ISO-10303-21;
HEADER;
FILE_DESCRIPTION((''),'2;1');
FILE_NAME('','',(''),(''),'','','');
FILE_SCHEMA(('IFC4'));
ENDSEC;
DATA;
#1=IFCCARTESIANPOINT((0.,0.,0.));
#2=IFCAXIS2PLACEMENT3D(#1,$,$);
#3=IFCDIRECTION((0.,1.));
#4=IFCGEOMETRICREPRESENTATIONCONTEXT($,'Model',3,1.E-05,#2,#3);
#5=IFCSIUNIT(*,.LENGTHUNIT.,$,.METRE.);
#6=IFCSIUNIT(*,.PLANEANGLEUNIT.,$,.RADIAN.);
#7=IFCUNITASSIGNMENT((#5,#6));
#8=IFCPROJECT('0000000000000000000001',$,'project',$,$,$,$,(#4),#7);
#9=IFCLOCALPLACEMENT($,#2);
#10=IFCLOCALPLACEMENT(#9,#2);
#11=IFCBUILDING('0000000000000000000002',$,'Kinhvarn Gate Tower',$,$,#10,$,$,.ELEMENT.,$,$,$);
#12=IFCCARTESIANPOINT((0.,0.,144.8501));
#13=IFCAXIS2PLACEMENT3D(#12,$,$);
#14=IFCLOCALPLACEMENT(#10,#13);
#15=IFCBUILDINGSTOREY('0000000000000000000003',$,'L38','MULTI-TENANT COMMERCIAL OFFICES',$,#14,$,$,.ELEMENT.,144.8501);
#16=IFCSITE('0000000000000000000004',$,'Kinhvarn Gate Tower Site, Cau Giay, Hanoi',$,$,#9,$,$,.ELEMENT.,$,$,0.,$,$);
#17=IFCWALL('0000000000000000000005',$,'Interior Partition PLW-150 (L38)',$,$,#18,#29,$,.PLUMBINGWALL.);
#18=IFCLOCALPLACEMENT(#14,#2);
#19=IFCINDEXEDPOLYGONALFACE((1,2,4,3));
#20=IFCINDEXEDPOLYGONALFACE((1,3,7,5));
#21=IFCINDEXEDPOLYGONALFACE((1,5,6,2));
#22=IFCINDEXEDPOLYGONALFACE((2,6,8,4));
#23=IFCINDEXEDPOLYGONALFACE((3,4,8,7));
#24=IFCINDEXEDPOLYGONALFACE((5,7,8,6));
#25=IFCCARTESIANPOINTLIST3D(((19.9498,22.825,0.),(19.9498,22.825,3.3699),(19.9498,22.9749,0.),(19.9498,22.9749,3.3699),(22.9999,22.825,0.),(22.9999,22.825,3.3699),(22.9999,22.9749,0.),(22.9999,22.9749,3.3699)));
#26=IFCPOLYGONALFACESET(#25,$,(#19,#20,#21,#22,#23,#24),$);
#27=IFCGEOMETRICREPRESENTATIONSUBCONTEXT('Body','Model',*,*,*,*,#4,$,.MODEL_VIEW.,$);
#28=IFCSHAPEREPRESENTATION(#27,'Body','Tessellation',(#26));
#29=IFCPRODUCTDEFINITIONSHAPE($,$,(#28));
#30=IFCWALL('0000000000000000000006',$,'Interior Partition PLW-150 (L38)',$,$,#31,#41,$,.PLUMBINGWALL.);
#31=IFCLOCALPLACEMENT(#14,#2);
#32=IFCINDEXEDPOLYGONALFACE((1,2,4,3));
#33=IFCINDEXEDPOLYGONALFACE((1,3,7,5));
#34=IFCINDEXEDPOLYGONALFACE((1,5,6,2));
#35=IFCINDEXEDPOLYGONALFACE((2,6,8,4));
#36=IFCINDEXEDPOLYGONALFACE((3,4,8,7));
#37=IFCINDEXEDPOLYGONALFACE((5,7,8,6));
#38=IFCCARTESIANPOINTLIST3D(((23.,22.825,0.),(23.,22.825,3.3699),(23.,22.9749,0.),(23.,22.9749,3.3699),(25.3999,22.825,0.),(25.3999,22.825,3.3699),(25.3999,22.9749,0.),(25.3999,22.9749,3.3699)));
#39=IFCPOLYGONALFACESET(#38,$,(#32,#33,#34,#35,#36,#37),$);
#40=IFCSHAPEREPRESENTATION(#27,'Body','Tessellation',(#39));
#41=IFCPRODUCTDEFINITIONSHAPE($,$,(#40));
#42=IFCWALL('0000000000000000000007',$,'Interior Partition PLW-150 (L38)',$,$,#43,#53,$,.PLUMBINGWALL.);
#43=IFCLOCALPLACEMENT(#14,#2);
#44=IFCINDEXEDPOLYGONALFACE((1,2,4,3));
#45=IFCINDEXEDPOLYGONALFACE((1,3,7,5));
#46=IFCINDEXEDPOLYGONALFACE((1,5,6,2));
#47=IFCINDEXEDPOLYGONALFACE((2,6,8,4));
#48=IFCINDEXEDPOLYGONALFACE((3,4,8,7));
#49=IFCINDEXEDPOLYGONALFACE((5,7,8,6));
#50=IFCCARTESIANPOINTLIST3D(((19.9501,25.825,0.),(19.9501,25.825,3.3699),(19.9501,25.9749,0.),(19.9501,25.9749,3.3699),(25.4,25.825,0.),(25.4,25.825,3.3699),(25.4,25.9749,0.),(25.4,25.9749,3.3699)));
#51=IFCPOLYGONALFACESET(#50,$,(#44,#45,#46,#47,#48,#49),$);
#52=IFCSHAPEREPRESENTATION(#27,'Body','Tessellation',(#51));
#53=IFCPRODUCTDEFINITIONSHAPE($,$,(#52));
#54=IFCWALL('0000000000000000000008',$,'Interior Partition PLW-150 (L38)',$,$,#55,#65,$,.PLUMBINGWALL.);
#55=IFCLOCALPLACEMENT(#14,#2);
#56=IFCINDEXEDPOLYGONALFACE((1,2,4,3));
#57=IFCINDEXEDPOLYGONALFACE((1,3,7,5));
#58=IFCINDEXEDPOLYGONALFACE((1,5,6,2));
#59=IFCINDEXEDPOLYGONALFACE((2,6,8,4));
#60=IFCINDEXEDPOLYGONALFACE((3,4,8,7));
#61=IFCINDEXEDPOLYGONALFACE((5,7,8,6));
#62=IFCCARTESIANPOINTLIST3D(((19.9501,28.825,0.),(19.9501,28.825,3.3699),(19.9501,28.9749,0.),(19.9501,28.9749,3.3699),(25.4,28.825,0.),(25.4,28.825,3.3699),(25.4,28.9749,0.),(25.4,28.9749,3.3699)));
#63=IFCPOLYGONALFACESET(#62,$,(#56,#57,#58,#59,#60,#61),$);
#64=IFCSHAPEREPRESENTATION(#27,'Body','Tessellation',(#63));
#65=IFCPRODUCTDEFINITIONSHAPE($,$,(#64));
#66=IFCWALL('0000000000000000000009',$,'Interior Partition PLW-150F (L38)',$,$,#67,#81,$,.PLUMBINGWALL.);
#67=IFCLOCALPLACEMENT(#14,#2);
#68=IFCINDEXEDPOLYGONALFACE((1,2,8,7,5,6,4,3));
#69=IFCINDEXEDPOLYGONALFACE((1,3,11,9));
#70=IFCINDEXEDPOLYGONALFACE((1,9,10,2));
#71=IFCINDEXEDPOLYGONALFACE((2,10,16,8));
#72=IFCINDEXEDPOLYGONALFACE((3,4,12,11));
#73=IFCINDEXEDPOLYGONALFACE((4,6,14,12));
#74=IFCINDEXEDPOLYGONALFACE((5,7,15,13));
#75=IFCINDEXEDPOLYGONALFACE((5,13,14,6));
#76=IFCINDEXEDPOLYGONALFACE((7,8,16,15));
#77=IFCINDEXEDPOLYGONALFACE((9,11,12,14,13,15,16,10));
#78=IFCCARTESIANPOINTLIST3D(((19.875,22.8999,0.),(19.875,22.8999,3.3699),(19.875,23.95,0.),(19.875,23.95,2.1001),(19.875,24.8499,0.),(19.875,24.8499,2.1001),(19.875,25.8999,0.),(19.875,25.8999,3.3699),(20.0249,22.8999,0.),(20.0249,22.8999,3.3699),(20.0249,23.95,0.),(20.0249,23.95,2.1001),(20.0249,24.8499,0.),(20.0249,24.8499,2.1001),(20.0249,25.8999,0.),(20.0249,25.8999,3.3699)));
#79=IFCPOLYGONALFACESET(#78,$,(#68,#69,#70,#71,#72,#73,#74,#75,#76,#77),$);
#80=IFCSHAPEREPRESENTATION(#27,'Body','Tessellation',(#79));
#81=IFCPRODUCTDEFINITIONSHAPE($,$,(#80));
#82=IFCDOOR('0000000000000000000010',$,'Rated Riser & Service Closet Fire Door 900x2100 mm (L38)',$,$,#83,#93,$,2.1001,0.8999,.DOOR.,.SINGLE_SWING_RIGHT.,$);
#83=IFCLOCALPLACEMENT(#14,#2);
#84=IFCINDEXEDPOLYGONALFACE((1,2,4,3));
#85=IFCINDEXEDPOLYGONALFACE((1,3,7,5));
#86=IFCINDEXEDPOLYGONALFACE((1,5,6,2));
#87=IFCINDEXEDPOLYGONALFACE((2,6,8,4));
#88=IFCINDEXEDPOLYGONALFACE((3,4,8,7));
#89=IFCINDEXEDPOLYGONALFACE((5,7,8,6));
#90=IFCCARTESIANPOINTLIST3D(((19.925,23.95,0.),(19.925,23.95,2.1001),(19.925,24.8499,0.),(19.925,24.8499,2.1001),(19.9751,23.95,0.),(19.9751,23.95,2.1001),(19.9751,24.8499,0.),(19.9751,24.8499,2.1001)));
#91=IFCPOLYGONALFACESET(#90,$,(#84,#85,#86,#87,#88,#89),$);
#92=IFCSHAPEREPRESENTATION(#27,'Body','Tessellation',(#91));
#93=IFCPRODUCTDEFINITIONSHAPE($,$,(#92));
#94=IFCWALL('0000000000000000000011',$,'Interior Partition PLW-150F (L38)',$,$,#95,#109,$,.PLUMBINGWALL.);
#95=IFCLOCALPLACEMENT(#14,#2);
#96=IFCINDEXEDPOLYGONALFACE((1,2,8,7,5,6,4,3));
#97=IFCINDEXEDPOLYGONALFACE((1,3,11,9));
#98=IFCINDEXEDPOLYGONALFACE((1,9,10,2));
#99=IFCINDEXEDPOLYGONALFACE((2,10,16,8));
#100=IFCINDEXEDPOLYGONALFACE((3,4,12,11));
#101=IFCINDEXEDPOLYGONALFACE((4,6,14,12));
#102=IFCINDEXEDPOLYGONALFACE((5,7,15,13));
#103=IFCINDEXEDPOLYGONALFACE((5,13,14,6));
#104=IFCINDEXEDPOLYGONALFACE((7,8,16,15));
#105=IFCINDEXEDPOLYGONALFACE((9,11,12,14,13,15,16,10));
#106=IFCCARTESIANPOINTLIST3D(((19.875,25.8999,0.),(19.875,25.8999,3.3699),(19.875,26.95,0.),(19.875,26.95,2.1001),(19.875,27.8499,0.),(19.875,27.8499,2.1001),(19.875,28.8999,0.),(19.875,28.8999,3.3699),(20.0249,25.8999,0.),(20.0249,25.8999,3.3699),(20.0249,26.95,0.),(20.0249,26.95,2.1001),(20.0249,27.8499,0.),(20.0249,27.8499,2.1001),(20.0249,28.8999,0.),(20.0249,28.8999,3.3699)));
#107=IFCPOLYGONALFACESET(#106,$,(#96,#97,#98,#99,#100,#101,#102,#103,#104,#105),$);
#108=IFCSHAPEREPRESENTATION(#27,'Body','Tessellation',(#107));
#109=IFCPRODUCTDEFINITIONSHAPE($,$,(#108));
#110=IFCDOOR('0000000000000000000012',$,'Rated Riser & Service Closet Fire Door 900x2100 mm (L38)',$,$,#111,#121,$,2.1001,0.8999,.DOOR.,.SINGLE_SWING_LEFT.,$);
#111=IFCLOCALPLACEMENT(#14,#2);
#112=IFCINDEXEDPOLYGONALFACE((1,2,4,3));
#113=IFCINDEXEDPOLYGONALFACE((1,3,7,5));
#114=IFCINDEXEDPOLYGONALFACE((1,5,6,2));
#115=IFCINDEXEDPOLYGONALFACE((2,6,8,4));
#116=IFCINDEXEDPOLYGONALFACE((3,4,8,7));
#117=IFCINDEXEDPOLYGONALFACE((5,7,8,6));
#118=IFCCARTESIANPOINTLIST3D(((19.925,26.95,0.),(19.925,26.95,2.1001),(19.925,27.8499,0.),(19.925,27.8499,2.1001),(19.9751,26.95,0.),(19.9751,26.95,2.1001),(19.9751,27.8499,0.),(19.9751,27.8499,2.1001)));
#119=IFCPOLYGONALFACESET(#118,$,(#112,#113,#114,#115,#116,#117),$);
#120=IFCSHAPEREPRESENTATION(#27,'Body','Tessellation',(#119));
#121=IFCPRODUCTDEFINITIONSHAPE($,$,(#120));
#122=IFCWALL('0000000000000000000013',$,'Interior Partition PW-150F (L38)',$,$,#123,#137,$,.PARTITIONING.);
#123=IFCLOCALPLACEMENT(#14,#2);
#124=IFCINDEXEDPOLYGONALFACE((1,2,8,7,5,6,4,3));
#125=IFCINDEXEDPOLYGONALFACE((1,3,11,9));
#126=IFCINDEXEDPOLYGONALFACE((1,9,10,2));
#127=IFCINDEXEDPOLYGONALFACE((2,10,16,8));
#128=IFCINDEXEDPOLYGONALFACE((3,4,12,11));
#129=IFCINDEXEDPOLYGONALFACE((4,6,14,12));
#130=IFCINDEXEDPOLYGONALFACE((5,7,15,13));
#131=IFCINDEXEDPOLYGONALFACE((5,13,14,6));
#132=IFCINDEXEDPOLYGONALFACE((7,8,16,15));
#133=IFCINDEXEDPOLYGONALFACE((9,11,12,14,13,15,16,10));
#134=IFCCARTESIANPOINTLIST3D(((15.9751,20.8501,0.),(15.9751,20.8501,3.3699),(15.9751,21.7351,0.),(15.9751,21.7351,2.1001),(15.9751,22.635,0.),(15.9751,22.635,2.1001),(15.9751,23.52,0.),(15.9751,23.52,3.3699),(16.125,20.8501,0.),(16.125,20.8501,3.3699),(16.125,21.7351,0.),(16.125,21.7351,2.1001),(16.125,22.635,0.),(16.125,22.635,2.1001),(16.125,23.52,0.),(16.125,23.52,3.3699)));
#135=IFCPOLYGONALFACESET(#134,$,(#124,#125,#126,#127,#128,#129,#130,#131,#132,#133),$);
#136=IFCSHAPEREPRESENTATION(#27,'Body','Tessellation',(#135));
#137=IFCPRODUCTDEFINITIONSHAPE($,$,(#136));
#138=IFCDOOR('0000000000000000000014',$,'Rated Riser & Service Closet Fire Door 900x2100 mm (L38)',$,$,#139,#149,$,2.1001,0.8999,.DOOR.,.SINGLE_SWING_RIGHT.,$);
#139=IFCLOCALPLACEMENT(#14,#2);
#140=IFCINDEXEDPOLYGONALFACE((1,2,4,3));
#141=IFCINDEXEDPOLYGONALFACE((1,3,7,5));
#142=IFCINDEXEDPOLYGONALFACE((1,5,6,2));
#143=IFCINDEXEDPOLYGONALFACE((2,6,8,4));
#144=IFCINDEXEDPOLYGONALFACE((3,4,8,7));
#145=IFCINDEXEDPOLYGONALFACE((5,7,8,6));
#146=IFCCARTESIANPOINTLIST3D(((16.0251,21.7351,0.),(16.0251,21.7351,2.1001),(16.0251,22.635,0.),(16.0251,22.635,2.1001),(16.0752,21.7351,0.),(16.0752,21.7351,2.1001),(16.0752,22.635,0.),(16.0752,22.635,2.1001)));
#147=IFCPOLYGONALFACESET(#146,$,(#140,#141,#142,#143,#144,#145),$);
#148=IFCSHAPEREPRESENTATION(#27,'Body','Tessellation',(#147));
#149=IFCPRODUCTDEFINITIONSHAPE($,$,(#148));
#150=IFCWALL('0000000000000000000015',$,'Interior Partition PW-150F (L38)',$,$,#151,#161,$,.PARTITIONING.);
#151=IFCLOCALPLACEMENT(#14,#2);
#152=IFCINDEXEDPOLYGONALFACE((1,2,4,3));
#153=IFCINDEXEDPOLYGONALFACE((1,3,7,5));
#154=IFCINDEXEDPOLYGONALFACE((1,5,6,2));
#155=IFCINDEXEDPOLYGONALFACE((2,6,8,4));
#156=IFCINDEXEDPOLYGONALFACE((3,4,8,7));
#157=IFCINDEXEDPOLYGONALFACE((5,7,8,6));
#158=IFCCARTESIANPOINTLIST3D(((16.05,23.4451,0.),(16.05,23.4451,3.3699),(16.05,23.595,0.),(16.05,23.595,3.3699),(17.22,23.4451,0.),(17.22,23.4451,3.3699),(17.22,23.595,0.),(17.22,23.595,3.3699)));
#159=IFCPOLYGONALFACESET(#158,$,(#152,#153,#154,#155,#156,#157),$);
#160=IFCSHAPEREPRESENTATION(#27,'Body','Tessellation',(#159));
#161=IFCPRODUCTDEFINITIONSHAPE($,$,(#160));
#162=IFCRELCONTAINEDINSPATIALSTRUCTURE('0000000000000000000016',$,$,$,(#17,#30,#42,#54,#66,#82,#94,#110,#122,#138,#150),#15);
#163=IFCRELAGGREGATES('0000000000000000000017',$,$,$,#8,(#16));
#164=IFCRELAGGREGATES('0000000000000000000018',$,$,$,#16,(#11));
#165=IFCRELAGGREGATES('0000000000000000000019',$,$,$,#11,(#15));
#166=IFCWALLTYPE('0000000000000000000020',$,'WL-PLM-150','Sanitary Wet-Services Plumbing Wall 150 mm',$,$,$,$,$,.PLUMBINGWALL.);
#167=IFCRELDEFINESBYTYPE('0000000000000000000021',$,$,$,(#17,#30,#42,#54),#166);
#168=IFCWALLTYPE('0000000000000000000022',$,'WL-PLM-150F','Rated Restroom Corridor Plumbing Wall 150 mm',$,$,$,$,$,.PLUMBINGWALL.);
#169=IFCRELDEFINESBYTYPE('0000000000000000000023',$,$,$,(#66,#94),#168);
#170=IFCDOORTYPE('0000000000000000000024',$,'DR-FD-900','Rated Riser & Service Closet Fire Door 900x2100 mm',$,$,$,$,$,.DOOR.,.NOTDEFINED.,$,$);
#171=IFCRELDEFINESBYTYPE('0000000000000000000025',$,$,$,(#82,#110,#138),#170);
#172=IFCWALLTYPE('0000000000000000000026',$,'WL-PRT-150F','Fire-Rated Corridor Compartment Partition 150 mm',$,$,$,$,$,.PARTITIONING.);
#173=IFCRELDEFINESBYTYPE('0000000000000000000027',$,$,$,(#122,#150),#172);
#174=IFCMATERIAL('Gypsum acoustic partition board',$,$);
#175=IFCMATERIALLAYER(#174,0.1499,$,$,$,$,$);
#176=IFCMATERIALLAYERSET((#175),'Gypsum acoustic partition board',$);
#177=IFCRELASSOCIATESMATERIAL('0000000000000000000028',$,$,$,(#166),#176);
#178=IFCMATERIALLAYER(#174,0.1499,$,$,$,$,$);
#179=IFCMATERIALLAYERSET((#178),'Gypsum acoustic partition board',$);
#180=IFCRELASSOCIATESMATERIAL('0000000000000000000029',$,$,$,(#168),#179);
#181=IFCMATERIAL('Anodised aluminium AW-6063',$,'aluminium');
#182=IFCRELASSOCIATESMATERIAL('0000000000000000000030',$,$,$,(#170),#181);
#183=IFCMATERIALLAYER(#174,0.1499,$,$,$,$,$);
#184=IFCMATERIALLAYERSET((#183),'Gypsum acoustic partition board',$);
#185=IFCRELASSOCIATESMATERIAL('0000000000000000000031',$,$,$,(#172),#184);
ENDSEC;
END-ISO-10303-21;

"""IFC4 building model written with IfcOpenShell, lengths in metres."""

from ifc_helpers import new_model, si_unit, direction, frame, frame_2d, origin, place, context, subcontext, project, spatial, rectangle, extrude, material, layer, layer_set, type_object, element, fill, save


model = new_model("IFC4")

# Units and contexts
model_context = context("Model", 3, precision=1e-05, world=origin(), true_north=direction((0.0, 1.0)))
body_context = subcontext(model_context, "Body", "Model", "MODEL_VIEW")
ifc_project = project(units=[si_unit("LENGTHUNIT", "METRE"), si_unit("PLANEANGLEUNIT", "RADIAN")], contexts=[model_context])

# Site, building, storey
site_placement = place(None, origin())
site = spatial("IfcSite", under=ifc_project, at=site_placement, Name="Kinhvarn Gate Tower Site, Cau Giay, Hanoi", CompositionType="ELEMENT", RefElevation=0.0)
building_placement = place(site_placement, origin())
building = spatial("IfcBuilding", under=site, at=building_placement, Name="Kinhvarn Gate Tower", CompositionType="ELEMENT")
storey_placement = place(building_placement, frame((0.0, 0.0, 144.8501)))
storey = spatial("IfcBuildingStorey", under=building, at=storey_placement, Name="L38", Description="MULTI-TENANT COMMERCIAL OFFICES", CompositionType="ELEMENT", Elevation=144.8501)

# Shared definitions
ifc_material_1 = material(Name="Anodised aluminium AW-6063", Category="aluminium")

# Walls
ifc_material_2 = material(Name="Gypsum acoustic partition board")
ifc_layer_1 = layer(ifc_material_2, 0.1499)
ifc_layer_set_1 = layer_set([ifc_layer_1], Name="Gypsum acoustic partition board")
wall_type_1 = type_object("IfcWallType", Name="WL-PLM-150", Description="Sanitary Wet-Services Plumbing Wall 150 mm", PredefinedType="PLUMBINGWALL", material=ifc_layer_set_1)
wall_1_placement = place(storey_placement, frame((19.95, 22.8999, 0.0), z_axis=(0.0, 0.0, 1.0), x_axis=(1.0, 0.0, 0.0)))
element("IfcWall", 1, at=wall_1_placement, inside=storey, type_object=wall_type_1, Name="Interior Partition PLW-150 (L38)", PredefinedType="PLUMBINGWALL", context=body_context, shape_type="SweptSolid", body=[
    extrude(rectangle(XDim=3.05, YDim=0.1499, at=frame_2d((1.5249, 0.0))), origin(), (0.0, 0.0, 1.0), 3.3699),
])
wall_2_placement = place(storey_placement, frame((23.0, 22.8999, 0.0), z_axis=(0.0, 0.0, 1.0), x_axis=(1.0, 0.0, 0.0)))
element("IfcWall", 2, at=wall_2_placement, inside=storey, type_object=wall_type_1, Name="Interior Partition PLW-150 (L38)", PredefinedType="PLUMBINGWALL", context=body_context, shape_type="SweptSolid", body=[
    extrude(rectangle(XDim=2.3999, YDim=0.1499, at=frame_2d((1.2, 0.0))), origin(), (0.0, 0.0, 1.0), 3.3699),
])
for number, where, z_axis, x_axis, name in (
    (3, (19.95, 25.8999, 0.0), (0.0, 0.0, 1.0), (1.0, 0.0, 0.0), "Interior Partition PLW-150 (L38)"),
    (4, (19.95, 28.8999, 0.0), (0.0, 0.0, 1.0), (1.0, 0.0, 0.0), "Interior Partition PLW-150 (L38)"),
):
    element("IfcWall", number, at=place(storey_placement, frame(where, z_axis=z_axis, x_axis=x_axis)), inside=storey, type_object=wall_type_1, Name=name, PredefinedType="PLUMBINGWALL", context=body_context, shape_type="SweptSolid", body=[
        extrude(rectangle(XDim=5.45, YDim=0.1499, at=frame_2d((2.7251, 0.0))), origin(), (0.0, 0.0, 1.0), 3.3699),
    ])

# Walls, openings, doors
ifc_layer_2 = layer(ifc_material_2, 0.1499)
ifc_layer_set_2 = layer_set([ifc_layer_2], Name="Gypsum acoustic partition board")
wall_type_2 = type_object("IfcWallType", Name="WL-PLM-150F", Description="Rated Restroom Corridor Plumbing Wall 150 mm", PredefinedType="PLUMBINGWALL", material=ifc_layer_set_2)
wall_3_placement = place(storey_placement, frame((19.95, 22.8999, 0.0), z_axis=(0.0, 0.0, 1.0), x_axis=(0.0, 1.0, 0.0)))
wall_3 = element("IfcWall", 5, at=wall_3_placement, inside=storey, type_object=wall_type_2, Name="Interior Partition PLW-150F (L38)", PredefinedType="PLUMBINGWALL", context=body_context, shape_type="SweptSolid", body=[
    extrude(rectangle(XDim=3.0, YDim=0.1499, at=frame_2d((1.5, 0.0))), origin(), (0.0, 0.0, 1.0), 3.3699),
])
opening_1_placement = place(wall_3_placement, frame((1.05, 0.0, 0.0)))
opening_1 = element("IfcOpeningElement", 6, at=opening_1_placement, cuts=wall_3, PredefinedType="OPENING", context=body_context, shape_type="SweptSolid", body=[
    extrude(rectangle(XDim=0.8999, YDim=2.1001, at=frame_2d((0.45, 1.05))), frame((0.0, 0.085, 0.0), z_axis=(0.0, -1.0, 0.0), x_axis=(1.0, 0.0, 0.0)), (0.0, 0.0, 1.0), 0.1699),
])
door_type_1 = type_object("IfcDoorType", Name="DR-FD-900", Description="Rated Riser & Service Closet Fire Door 900x2100 mm", OperationType="NOTDEFINED", PredefinedType="DOOR", material=ifc_material_1)
door_1_placement = place(opening_1_placement, origin())
door_1 = element("IfcDoor", 7, at=door_1_placement, inside=storey, type_object=door_type_1, Name="Rated Riser & Service Closet Fire Door 900x2100 mm (L38)", OperationType="SINGLE_SWING_RIGHT", OverallHeight=2.1001, OverallWidth=0.8999, PredefinedType="DOOR", context=body_context, shape_type="SweptSolid", body=[
    extrude(rectangle(XDim=0.8999, YDim=2.1001, at=frame_2d((0.45, 1.05))), frame((0.0, 0.0249, 0.0), z_axis=(0.0, -1.0, 0.0), x_axis=(1.0, 0.0, 0.0)), (0.0, 0.0, 1.0), 0.05),
])
fill(opening_1, door_1)
wall_4_placement = place(storey_placement, frame((19.95, 25.8999, 0.0), z_axis=(0.0, 0.0, 1.0), x_axis=(0.0, 1.0, 0.0)))
wall_4 = element("IfcWall", 8, at=wall_4_placement, inside=storey, type_object=wall_type_2, Name="Interior Partition PLW-150F (L38)", PredefinedType="PLUMBINGWALL", context=body_context, shape_type="SweptSolid", body=[
    extrude(rectangle(XDim=3.0, YDim=0.1499, at=frame_2d((1.5, 0.0))), origin(), (0.0, 0.0, 1.0), 3.3699),
])
opening_2_placement = place(wall_4_placement, frame((1.05, 0.0, 0.0)))
opening_2 = element("IfcOpeningElement", 9, at=opening_2_placement, cuts=wall_4, PredefinedType="OPENING", context=body_context, shape_type="SweptSolid", body=[
    extrude(rectangle(XDim=0.8999, YDim=2.1001, at=frame_2d((0.45, 1.05))), frame((0.0, 0.085, 0.0), z_axis=(0.0, -1.0, 0.0), x_axis=(1.0, 0.0, 0.0)), (0.0, 0.0, 1.0), 0.1699),
])
door_2_placement = place(opening_2_placement, origin())
door_2 = element("IfcDoor", 10, at=door_2_placement, inside=storey, type_object=door_type_1, Name="Rated Riser & Service Closet Fire Door 900x2100 mm (L38)", OperationType="SINGLE_SWING_LEFT", OverallHeight=2.1001, OverallWidth=0.8999, PredefinedType="DOOR", context=body_context, shape_type="SweptSolid", body=[
    extrude(rectangle(XDim=0.8999, YDim=2.1001, at=frame_2d((0.45, 1.05))), frame((0.0, 0.0249, 0.0), z_axis=(0.0, -1.0, 0.0), x_axis=(1.0, 0.0, 0.0)), (0.0, 0.0, 1.0), 0.05),
])
fill(opening_2, door_2)
ifc_layer_3 = layer(ifc_material_2, 0.1499)
ifc_layer_set_3 = layer_set([ifc_layer_3], Name="Gypsum acoustic partition board")
wall_type_3 = type_object("IfcWallType", Name="WL-PRT-150F", Description="Fire-Rated Corridor Compartment Partition 150 mm", PredefinedType="PARTITIONING", material=ifc_layer_set_3)
wall_5_placement = place(storey_placement, frame((16.05, 20.8501, 0.0), z_axis=(0.0, 0.0, 1.0), x_axis=(0.0, 1.0, 0.0)))
wall_5 = element("IfcWall", 11, at=wall_5_placement, inside=storey, type_object=wall_type_3, Name="Interior Partition PW-150F (L38)", PredefinedType="PARTITIONING", context=body_context, shape_type="SweptSolid", body=[
    extrude(rectangle(XDim=2.6699, YDim=0.1499, at=frame_2d((1.335, 0.0))), origin(), (0.0, 0.0, 1.0), 3.3699),
])
opening_3_placement = place(wall_5_placement, frame((0.885, 0.0, 0.0)))
opening_3 = element("IfcOpeningElement", 12, at=opening_3_placement, cuts=wall_5, PredefinedType="OPENING", context=body_context, shape_type="SweptSolid", body=[
    extrude(rectangle(XDim=0.8999, YDim=2.1001, at=frame_2d((0.45, 1.05))), frame((0.0, 0.085, 0.0), z_axis=(0.0, -1.0, 0.0), x_axis=(1.0, 0.0, 0.0)), (0.0, 0.0, 1.0), 0.1699),
])
door_3_placement = place(opening_3_placement, origin())
door_3 = element("IfcDoor", 13, at=door_3_placement, inside=storey, type_object=door_type_1, Name="Rated Riser & Service Closet Fire Door 900x2100 mm (L38)", OperationType="SINGLE_SWING_RIGHT", OverallHeight=2.1001, OverallWidth=0.8999, PredefinedType="DOOR", context=body_context, shape_type="SweptSolid", body=[
    extrude(rectangle(XDim=0.8999, YDim=2.1001, at=frame_2d((0.45, 1.05))), frame((0.0, 0.0249, 0.0), z_axis=(0.0, -1.0, 0.0), x_axis=(1.0, 0.0, 0.0)), (0.0, 0.0, 1.0), 0.05),
])
fill(opening_3, door_3)

# Wall
wall_6_placement = place(storey_placement, frame((16.05, 23.52, 0.0), z_axis=(0.0, 0.0, 1.0), x_axis=(1.0, 0.0, 0.0)))
element("IfcWall", 14, at=wall_6_placement, inside=storey, type_object=wall_type_3, Name="Interior Partition PW-150F (L38)", PredefinedType="PARTITIONING", context=body_context, shape_type="SweptSolid", body=[
    extrude(rectangle(XDim=1.1699, YDim=0.1499, at=frame_2d((0.585, 0.0))), origin(), (0.0, 0.0, 1.0), 3.3699),
])

save(model, "model.ifc")
